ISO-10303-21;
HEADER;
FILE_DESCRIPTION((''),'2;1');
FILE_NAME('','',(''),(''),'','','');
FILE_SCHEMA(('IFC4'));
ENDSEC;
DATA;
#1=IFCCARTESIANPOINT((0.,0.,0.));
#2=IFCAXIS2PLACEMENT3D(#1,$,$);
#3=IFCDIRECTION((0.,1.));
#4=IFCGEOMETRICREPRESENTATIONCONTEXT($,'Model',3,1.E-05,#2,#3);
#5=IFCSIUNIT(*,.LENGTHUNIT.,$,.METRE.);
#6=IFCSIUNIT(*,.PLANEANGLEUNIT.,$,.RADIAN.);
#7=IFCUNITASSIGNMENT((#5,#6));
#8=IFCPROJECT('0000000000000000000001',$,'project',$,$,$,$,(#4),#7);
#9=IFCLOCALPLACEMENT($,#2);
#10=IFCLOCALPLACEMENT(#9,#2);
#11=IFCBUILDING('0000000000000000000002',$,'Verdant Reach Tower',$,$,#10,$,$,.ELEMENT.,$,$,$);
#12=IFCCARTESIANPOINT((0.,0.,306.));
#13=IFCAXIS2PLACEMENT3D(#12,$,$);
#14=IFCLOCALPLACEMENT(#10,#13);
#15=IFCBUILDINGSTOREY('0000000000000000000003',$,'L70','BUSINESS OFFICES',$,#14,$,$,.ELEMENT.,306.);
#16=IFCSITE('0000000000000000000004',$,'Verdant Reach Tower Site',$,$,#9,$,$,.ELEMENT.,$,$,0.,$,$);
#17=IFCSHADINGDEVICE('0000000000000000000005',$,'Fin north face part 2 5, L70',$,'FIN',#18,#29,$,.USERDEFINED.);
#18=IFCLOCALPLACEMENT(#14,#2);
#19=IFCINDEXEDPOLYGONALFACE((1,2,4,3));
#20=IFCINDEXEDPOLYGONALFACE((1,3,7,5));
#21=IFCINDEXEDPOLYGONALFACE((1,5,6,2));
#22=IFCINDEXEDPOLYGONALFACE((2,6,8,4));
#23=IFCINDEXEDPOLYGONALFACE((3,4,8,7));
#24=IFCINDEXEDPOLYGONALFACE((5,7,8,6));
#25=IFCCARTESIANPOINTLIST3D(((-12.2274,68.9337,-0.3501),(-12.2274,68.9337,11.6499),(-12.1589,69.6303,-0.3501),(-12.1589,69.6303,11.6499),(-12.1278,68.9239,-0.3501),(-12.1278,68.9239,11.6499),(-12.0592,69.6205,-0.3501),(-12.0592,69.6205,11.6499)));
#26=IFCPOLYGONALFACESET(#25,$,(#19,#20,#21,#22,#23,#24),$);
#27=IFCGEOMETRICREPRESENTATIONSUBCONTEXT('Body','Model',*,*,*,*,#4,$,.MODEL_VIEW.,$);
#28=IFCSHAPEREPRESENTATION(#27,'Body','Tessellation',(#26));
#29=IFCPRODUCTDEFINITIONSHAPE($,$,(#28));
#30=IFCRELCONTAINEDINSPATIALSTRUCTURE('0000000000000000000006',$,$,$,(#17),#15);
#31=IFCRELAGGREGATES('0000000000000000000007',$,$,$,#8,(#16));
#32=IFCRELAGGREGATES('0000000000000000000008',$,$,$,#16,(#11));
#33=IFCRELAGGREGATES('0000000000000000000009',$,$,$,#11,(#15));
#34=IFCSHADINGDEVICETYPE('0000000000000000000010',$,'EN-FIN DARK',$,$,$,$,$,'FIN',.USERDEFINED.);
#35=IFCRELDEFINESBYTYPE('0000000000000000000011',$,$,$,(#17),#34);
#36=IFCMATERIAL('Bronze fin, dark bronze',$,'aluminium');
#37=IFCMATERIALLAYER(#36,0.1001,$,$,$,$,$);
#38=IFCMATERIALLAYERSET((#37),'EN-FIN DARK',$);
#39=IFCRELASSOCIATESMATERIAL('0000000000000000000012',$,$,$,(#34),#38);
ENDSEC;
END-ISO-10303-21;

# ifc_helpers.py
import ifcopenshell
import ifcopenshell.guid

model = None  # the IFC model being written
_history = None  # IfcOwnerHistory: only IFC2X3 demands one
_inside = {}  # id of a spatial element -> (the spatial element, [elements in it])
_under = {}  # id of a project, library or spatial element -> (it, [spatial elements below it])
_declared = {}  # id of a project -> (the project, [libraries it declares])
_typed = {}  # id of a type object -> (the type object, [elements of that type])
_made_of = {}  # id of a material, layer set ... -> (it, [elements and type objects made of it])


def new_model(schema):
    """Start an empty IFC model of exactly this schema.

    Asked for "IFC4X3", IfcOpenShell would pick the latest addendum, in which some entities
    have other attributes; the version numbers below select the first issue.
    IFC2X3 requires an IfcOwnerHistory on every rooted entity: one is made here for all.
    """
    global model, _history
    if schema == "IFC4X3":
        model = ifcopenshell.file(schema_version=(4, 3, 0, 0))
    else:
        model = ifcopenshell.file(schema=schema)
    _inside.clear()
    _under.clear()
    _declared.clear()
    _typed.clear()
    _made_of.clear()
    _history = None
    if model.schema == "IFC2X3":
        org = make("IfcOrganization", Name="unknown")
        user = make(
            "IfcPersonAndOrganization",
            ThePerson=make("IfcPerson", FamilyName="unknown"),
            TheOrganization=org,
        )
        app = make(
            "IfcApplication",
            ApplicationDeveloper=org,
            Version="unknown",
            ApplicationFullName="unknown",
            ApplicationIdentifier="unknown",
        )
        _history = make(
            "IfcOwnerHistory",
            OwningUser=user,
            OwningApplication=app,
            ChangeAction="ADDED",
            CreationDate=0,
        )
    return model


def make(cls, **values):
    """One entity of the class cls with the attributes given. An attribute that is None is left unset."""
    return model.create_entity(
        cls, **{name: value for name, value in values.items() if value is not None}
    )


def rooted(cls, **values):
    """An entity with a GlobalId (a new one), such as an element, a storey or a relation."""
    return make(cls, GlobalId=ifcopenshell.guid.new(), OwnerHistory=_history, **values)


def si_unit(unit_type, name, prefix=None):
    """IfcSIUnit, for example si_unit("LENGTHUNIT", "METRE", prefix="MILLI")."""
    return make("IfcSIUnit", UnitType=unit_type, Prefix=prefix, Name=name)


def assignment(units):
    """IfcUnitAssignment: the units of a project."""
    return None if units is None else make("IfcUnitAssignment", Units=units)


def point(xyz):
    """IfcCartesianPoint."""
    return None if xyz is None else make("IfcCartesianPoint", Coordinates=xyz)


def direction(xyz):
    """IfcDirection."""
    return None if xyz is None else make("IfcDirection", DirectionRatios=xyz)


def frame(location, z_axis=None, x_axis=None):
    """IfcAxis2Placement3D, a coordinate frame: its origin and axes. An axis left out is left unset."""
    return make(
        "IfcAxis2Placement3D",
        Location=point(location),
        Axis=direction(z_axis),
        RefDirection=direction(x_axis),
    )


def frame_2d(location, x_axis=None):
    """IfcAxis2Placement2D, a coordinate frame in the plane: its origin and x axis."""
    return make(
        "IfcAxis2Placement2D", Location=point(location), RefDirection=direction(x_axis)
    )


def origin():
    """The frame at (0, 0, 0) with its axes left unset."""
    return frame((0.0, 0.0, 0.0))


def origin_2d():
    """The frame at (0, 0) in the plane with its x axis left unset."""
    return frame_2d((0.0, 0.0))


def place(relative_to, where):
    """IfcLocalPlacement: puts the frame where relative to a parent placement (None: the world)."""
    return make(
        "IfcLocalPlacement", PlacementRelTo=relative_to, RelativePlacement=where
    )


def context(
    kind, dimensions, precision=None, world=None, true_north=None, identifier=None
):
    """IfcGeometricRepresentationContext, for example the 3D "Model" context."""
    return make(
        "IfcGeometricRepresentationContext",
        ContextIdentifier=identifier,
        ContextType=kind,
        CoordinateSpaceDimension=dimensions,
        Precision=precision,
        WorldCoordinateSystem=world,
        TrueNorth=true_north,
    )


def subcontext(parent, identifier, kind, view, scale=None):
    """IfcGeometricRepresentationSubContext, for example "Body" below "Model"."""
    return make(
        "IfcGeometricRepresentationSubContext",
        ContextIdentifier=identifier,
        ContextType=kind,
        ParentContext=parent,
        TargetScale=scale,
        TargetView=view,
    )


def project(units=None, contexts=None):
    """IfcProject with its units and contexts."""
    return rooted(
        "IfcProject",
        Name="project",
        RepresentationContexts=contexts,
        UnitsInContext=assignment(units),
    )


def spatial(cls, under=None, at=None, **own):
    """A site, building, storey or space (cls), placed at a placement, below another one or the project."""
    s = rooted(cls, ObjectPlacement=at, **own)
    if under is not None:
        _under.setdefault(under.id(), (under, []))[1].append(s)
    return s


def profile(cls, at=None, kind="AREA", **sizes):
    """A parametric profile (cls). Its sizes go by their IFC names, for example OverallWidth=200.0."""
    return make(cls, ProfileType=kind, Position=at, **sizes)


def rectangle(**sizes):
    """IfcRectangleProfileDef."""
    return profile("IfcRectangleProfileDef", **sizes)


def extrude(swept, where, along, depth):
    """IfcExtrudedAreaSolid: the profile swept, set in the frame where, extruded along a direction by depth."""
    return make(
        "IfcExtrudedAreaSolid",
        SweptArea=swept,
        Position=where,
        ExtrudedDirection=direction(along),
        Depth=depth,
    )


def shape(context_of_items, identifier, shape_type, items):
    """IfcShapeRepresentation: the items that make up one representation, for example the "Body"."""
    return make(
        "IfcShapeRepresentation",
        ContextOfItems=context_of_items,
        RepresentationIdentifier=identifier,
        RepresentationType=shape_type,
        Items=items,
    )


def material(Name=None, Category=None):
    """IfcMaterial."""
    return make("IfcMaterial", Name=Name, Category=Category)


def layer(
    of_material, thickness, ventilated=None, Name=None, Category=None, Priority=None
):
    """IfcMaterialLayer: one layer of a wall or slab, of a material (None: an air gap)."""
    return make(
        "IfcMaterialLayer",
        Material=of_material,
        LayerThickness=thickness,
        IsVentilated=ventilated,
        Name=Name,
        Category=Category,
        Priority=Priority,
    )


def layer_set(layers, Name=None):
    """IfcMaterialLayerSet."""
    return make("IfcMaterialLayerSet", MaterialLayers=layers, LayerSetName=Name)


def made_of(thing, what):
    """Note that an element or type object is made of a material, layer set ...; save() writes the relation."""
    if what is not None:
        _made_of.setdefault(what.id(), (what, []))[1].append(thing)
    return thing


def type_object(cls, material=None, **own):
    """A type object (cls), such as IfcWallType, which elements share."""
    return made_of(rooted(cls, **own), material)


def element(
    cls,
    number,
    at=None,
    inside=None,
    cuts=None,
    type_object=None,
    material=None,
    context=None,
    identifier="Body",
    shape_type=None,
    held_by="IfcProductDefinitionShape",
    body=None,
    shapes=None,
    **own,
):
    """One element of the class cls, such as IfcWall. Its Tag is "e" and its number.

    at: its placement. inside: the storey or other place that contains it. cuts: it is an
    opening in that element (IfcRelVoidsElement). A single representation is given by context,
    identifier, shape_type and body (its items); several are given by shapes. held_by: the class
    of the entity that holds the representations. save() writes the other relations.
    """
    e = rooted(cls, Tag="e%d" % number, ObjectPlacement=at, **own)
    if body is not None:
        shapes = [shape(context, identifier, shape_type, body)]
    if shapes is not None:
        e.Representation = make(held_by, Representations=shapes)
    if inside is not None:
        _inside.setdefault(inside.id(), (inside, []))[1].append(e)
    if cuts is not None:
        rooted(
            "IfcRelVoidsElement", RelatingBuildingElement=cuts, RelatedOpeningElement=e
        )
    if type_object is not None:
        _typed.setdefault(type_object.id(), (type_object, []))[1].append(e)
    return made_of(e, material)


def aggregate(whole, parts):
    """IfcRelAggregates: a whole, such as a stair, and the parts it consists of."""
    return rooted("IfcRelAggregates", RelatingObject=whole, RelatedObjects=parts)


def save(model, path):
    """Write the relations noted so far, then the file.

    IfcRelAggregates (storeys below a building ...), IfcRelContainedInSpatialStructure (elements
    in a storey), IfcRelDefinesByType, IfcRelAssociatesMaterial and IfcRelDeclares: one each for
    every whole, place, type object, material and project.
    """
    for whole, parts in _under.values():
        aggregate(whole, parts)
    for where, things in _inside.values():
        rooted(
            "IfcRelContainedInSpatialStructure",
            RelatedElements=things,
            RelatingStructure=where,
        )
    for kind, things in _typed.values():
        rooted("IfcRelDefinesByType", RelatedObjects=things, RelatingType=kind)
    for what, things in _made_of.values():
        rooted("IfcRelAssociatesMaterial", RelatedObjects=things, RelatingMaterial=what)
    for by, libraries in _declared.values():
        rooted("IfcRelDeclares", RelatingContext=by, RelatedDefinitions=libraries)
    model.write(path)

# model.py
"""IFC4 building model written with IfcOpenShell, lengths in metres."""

from ifc_helpers import new_model, si_unit, direction, frame, origin, origin_2d, place, context, subcontext, project, spatial, rectangle, extrude, material, layer, layer_set, type_object, element, save


model = new_model("IFC4")

# Units and contexts
model_context = context("Model", 3, precision=1e-05, world=origin(), true_north=direction((0.0, 1.0)))
body_context = subcontext(model_context, "Body", "Model", "MODEL_VIEW")
ifc_project = project(units=[si_unit("LENGTHUNIT", "METRE"), si_unit("PLANEANGLEUNIT", "RADIAN")], contexts=[model_context])

# Site, building, storey
site_placement = place(None, origin())
site = spatial("IfcSite", under=ifc_project, at=site_placement, Name="Verdant Reach Tower Site", CompositionType="ELEMENT", RefElevation=0.0)
building_placement = place(site_placement, origin())
building = spatial("IfcBuilding", under=site, at=building_placement, Name="Verdant Reach Tower", CompositionType="ELEMENT")
storey_placement = place(building_placement, frame((0.0, 0.0, 306.0)))
storey = spatial("IfcBuildingStorey", under=building, at=storey_placement, Name="L70", Description="BUSINESS OFFICES", CompositionType="ELEMENT", Elevation=306.0)

# Shading device
ifc_material_1 = material(Name="Bronze fin, dark bronze", Category="aluminium")
ifc_layer_1 = layer(ifc_material_1, 0.1001)
ifc_layer_set_1 = layer_set([ifc_layer_1], Name="EN-FIN DARK")
shading_device_type_1 = type_object("IfcShadingDeviceType", Name="EN-FIN DARK", ElementType="FIN", PredefinedType="USERDEFINED", material=ifc_layer_set_1)
shading_device_placement = place(storey_placement, frame((-12.1433, 69.2771, -0.3501), z_axis=(0.0, 0.0, 1.0), x_axis=(-0.995197, 0.097888, 0.0)))
element("IfcShadingDevice", 1, at=shading_device_placement, inside=storey, type_object=shading_device_type_1, Name="Fin north face part 2 5, L70", ObjectType="FIN", PredefinedType="USERDEFINED", context=body_context, shape_type="SweptSolid", body=[
    extrude(rectangle(XDim=0.1001, YDim=0.7, at=origin_2d()), origin(), (0.0, 0.0, 1.0), 12.0),
])

save(model, "model.ifc")
